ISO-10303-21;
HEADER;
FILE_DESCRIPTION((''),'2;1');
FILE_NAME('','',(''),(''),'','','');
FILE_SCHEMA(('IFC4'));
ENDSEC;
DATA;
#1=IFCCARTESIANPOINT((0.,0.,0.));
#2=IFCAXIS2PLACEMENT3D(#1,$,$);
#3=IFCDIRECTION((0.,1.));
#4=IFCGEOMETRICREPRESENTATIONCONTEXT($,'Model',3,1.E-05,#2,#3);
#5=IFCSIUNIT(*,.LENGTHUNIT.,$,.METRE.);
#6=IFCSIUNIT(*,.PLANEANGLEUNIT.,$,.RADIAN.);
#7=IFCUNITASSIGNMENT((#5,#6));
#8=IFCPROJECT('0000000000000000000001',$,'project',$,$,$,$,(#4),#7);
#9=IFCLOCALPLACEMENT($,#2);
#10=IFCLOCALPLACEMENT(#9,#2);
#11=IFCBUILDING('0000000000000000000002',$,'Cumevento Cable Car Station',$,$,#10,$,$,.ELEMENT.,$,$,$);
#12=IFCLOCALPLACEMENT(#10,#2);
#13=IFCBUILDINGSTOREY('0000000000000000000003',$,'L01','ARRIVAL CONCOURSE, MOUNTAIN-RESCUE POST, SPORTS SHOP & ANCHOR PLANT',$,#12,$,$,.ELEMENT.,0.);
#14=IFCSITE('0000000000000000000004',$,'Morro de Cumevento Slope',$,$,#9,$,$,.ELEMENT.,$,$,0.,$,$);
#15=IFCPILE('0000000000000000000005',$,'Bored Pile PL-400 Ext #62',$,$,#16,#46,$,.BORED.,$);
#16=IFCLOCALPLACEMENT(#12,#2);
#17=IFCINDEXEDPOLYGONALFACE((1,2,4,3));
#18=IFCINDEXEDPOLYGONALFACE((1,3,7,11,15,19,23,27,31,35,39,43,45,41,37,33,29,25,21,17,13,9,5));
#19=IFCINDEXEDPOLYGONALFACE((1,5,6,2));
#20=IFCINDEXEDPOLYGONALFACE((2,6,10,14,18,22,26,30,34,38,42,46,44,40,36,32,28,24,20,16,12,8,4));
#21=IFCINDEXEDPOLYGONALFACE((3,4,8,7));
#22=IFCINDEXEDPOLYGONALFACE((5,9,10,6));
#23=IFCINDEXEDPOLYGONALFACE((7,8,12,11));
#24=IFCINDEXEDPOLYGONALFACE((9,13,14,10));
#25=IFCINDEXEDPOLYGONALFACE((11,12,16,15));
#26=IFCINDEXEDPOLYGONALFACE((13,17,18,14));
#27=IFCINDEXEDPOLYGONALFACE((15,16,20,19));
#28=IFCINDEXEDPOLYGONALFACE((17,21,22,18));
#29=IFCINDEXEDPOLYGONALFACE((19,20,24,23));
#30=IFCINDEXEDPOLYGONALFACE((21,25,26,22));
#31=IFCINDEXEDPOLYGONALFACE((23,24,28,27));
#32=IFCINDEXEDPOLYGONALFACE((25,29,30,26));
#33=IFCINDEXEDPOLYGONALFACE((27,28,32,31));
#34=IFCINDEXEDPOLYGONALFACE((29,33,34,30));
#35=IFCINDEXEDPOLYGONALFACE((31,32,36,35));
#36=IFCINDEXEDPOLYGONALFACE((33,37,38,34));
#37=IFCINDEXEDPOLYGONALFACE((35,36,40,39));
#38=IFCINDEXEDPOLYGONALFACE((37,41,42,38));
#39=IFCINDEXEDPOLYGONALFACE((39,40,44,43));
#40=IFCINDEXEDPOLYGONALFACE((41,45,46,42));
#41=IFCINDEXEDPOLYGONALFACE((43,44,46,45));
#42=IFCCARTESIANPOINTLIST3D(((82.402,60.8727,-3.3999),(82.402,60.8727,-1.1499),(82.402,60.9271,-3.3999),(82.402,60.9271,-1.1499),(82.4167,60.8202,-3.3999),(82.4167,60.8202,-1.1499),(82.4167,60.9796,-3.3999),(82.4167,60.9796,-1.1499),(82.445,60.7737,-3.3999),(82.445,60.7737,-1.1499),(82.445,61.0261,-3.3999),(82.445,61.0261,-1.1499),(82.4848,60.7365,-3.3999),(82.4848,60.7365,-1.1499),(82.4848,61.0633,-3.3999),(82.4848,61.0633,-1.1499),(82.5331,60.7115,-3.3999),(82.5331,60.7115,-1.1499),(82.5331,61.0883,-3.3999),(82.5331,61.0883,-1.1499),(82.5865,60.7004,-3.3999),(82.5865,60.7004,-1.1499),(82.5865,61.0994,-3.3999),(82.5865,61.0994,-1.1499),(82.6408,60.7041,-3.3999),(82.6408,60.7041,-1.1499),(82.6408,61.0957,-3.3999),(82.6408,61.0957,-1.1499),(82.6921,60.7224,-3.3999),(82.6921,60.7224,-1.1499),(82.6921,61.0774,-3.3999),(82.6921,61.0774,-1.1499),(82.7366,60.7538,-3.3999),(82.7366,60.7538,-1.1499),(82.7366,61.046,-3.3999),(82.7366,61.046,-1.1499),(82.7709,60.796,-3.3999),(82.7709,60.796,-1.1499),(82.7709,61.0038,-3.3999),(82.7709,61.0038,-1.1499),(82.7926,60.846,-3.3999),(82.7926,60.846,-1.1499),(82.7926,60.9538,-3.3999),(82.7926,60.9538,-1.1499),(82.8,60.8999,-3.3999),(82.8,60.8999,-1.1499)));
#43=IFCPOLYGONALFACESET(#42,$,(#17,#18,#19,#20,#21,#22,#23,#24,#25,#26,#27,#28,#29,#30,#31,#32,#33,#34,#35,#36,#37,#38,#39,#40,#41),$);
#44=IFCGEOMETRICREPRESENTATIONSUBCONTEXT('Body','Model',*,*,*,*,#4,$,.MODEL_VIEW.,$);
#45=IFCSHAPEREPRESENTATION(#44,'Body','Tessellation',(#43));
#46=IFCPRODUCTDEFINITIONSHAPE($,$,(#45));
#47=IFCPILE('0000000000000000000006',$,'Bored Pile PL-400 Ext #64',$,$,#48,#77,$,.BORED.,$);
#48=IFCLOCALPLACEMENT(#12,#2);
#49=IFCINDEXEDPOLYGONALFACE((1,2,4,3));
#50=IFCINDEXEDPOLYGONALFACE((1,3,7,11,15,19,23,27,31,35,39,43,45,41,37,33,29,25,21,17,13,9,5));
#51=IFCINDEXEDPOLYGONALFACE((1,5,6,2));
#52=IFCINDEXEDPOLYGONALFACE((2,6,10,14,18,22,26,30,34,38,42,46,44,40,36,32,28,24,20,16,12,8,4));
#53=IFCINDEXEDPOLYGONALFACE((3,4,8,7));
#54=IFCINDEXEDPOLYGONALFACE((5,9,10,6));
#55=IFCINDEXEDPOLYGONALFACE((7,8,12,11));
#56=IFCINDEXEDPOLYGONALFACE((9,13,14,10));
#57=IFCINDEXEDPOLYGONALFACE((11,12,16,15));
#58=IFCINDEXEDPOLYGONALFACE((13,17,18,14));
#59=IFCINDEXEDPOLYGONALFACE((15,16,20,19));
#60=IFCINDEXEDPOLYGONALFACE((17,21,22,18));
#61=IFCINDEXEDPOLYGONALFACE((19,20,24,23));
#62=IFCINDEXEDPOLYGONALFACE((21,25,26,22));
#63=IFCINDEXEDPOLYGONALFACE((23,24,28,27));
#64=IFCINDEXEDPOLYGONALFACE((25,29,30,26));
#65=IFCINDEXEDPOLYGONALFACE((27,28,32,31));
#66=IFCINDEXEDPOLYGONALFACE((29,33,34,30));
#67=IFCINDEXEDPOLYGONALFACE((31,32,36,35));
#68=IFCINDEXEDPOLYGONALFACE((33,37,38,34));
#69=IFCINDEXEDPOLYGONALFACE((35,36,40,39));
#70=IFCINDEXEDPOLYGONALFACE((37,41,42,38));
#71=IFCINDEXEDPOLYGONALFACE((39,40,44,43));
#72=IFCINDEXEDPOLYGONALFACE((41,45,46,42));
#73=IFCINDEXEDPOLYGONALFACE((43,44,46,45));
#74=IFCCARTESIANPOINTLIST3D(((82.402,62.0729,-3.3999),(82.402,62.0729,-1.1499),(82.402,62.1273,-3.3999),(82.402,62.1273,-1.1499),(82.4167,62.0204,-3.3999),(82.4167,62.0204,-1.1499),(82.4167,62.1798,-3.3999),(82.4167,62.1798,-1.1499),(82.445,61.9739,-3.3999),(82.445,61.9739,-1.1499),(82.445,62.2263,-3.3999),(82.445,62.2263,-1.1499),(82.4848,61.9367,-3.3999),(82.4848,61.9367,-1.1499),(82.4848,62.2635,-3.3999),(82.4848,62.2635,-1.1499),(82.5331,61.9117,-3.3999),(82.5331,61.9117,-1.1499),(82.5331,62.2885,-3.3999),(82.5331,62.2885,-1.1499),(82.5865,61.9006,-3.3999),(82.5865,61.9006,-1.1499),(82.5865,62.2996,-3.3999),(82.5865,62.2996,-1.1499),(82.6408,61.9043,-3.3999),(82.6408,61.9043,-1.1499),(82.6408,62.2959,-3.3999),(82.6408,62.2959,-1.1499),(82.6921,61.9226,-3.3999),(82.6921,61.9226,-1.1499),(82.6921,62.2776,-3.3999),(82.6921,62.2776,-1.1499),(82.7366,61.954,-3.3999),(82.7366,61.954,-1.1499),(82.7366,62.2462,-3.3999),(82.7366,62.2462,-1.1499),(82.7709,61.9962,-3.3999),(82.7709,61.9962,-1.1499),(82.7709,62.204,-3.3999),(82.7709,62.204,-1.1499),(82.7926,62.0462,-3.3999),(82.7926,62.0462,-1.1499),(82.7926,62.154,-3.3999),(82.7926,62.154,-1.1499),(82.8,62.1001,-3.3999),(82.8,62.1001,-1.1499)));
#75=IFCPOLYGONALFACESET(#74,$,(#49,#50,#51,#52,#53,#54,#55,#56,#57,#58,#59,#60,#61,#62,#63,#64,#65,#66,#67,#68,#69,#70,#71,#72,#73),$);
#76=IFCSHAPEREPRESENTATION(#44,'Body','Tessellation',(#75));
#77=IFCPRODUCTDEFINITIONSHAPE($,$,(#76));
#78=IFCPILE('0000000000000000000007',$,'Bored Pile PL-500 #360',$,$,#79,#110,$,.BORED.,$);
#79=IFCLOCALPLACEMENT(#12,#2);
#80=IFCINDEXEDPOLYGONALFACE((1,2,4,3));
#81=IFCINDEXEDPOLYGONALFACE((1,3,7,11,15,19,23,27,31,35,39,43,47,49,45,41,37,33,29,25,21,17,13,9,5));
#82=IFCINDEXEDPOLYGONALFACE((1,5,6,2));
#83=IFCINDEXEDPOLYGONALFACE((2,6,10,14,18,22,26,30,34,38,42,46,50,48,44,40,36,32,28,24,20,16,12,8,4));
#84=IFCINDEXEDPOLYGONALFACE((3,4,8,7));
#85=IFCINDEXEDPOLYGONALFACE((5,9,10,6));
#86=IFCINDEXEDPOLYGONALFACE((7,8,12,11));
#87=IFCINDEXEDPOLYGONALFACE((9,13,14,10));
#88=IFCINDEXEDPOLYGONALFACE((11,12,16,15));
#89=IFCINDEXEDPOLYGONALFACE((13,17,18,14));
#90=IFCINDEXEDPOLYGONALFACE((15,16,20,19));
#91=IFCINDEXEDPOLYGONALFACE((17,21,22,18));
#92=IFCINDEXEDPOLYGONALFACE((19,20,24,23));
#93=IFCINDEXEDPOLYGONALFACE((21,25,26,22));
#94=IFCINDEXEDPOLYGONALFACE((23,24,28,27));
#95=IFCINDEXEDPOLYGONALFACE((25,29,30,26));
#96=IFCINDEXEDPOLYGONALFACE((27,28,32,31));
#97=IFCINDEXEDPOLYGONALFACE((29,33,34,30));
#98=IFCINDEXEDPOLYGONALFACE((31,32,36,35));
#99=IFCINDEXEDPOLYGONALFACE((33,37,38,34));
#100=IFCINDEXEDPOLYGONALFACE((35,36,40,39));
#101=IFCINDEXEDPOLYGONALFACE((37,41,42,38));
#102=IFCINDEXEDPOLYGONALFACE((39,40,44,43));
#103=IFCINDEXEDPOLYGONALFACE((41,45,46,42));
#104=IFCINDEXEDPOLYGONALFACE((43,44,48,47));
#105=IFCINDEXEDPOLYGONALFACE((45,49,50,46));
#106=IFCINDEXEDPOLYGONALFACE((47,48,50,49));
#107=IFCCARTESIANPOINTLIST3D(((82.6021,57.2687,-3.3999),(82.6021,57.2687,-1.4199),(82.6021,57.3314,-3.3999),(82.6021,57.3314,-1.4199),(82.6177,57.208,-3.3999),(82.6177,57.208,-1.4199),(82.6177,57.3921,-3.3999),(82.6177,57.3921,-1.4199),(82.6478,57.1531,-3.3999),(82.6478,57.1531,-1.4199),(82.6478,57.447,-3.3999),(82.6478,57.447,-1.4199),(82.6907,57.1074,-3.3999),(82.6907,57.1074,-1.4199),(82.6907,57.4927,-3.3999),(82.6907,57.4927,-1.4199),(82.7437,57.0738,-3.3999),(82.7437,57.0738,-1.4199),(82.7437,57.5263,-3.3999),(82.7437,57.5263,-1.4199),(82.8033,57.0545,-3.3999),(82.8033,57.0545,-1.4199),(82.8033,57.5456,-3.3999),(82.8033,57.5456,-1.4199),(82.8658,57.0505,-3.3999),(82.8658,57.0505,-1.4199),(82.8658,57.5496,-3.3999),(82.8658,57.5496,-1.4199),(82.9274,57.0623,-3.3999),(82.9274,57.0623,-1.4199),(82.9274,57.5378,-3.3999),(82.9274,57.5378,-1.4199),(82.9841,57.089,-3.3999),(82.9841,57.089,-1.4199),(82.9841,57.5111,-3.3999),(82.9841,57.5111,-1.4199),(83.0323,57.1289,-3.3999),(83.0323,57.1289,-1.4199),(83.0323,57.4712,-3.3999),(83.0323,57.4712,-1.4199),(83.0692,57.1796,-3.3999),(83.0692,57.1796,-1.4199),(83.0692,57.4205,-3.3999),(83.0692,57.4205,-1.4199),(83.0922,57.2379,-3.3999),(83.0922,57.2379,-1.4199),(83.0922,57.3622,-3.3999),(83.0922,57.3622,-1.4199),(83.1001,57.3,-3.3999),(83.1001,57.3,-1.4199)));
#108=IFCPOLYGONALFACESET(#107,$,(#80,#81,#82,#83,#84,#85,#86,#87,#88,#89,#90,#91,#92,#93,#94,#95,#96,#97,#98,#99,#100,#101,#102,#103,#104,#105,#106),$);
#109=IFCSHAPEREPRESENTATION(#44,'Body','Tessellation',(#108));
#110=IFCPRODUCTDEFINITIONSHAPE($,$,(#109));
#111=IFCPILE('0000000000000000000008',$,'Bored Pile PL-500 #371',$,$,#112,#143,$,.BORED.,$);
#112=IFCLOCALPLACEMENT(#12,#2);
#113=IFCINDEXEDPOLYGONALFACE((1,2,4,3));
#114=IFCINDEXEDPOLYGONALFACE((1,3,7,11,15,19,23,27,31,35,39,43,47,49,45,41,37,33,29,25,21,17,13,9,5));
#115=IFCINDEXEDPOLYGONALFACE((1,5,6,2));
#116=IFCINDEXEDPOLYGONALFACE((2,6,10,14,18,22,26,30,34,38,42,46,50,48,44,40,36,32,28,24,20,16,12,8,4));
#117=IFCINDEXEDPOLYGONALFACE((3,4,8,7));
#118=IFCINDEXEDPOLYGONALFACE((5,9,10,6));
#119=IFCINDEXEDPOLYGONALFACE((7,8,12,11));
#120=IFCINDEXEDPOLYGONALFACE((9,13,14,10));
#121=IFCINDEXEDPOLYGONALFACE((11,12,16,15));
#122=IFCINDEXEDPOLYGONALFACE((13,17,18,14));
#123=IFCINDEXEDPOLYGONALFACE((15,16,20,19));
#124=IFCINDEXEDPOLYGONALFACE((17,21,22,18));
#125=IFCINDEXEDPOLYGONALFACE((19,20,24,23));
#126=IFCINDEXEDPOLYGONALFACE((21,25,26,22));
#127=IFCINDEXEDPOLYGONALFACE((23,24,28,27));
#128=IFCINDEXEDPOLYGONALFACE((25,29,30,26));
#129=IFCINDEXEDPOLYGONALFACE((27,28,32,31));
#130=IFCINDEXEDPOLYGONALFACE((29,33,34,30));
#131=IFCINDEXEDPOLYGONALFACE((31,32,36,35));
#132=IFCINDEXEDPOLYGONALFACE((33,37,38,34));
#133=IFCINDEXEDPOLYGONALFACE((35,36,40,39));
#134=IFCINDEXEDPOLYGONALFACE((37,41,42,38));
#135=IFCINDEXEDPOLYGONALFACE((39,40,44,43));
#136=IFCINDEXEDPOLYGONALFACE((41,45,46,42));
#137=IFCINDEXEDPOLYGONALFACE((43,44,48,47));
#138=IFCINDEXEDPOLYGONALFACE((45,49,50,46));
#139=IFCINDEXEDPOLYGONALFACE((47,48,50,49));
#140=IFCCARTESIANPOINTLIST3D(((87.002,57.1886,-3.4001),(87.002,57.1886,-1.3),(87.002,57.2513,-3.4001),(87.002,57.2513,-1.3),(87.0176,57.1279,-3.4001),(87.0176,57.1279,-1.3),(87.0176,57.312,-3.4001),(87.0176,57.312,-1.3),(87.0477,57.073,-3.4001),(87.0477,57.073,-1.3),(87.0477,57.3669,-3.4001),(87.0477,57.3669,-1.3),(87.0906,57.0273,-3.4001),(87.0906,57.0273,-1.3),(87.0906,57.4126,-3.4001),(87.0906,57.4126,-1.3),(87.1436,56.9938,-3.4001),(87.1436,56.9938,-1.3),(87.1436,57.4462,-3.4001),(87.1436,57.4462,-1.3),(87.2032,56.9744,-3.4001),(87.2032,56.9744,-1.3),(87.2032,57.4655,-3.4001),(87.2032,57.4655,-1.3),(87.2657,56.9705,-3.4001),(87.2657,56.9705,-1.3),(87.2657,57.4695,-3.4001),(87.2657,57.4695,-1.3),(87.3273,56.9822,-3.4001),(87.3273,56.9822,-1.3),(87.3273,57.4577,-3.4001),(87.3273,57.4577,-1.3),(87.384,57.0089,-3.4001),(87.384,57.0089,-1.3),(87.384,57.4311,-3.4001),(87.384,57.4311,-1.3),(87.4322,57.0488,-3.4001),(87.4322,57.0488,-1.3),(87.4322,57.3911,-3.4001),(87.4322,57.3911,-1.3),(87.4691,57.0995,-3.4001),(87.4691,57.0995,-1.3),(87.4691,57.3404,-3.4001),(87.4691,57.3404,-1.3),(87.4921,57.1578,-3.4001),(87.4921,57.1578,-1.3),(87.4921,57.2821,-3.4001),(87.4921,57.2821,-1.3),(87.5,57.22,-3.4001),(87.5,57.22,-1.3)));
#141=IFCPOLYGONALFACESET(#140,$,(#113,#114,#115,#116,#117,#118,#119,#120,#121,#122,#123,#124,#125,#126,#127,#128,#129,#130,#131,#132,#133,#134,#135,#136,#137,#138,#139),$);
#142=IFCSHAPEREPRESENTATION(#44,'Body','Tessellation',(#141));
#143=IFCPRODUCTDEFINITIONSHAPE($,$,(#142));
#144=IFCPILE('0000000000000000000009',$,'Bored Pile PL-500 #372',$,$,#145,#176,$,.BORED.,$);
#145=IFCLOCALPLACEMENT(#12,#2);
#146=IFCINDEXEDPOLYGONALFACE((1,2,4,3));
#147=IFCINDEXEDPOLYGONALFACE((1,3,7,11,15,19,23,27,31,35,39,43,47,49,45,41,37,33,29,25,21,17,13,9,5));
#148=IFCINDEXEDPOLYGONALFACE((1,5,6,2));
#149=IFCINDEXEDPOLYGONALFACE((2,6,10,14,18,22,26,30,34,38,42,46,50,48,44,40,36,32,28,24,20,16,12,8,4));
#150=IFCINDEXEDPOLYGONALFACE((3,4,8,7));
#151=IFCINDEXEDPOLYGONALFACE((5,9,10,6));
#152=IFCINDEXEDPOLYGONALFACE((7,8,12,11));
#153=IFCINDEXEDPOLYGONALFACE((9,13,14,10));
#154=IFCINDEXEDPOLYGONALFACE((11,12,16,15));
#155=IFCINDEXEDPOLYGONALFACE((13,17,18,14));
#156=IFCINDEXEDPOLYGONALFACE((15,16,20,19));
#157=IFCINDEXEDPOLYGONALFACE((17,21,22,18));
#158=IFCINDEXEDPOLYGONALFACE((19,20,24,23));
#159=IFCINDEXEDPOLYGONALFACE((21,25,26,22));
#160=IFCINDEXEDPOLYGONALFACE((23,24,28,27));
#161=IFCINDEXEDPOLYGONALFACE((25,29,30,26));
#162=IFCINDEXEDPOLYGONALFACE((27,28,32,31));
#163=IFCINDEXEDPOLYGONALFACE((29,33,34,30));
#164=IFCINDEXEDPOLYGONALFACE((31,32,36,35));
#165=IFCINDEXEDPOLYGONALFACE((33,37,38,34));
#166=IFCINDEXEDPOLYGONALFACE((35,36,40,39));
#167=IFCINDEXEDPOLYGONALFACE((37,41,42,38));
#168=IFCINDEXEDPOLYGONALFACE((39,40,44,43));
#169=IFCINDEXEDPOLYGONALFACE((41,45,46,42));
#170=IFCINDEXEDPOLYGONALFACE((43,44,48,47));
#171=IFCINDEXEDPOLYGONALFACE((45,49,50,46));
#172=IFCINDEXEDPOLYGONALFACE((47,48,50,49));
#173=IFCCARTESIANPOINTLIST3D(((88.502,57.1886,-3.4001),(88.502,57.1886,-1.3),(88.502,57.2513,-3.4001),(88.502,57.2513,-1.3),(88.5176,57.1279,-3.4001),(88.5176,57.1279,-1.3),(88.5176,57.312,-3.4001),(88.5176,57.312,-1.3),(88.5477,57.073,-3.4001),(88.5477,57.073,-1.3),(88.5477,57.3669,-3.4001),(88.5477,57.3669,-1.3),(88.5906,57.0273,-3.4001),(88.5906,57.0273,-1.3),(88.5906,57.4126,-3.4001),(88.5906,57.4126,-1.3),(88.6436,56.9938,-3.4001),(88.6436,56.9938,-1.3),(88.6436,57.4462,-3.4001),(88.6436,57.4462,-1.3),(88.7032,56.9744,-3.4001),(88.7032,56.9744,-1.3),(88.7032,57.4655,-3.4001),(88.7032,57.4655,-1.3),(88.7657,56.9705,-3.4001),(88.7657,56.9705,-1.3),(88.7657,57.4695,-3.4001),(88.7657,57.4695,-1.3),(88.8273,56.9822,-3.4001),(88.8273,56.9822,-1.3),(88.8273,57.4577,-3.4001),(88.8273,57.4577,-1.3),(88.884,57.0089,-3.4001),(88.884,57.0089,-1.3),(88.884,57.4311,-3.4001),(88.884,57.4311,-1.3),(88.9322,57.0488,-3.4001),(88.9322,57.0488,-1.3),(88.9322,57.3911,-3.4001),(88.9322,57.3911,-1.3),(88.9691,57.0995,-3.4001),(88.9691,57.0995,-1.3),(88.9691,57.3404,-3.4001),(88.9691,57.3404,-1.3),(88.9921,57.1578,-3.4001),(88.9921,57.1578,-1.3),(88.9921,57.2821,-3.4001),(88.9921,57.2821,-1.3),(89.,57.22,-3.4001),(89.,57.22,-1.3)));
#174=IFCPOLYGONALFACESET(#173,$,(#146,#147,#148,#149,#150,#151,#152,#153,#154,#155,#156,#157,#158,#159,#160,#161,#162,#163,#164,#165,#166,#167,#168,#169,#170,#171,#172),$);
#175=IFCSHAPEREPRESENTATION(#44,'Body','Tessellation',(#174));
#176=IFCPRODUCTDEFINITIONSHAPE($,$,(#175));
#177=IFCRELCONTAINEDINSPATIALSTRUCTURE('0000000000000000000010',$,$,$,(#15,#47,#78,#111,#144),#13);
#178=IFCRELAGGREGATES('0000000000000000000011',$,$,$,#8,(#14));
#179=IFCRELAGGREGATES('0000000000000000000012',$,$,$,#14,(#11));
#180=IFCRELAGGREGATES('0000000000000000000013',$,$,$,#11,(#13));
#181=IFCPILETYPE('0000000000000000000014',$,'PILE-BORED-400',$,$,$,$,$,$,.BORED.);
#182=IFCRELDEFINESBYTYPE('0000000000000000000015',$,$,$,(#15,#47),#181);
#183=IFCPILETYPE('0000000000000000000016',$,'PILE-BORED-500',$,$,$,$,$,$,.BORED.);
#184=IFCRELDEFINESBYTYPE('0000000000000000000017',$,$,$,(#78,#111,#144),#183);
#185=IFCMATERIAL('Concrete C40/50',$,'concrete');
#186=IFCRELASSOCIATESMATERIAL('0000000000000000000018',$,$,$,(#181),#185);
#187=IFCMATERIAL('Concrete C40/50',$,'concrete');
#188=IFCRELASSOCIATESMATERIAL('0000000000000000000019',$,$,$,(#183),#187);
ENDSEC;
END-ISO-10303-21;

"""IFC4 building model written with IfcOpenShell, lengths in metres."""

from ifc_helpers import new_model, si_unit, direction, frame, origin, origin_2d, place, context, subcontext, project, spatial, circle, extrude, material, material_profile, profile_set, type_object, element, save


model = new_model("IFC4")

# Units and contexts
model_context = context("Model", 3, precision=1e-05, world=origin(), true_north=direction((0.0, 1.0)))
body_context = subcontext(model_context, "Body", "Model", "MODEL_VIEW")
ifc_project = project(units=[si_unit("LENGTHUNIT", "METRE"), si_unit("PLANEANGLEUNIT", "RADIAN")], contexts=[model_context])

# Site, building, storey
site_placement = place(None, origin())
site = spatial("IfcSite", under=ifc_project, at=site_placement, Name="Morro de Cumevento Slope", CompositionType="ELEMENT", RefElevation=0.0)
building_placement = place(site_placement, origin())
building = spatial("IfcBuilding", under=site, at=building_placement, Name="Cumevento Cable Car Station", CompositionType="ELEMENT")
storey_placement = place(building_placement, origin())
storey = spatial("IfcBuildingStorey", under=building, at=storey_placement, Name="L01", Description="ARRIVAL CONCOURSE, MOUNTAIN-RESCUE POST, SPORTS SHOP & ANCHOR PLANT", CompositionType="ELEMENT", Elevation=0.0)

# Piles
ifc_material_1 = material(Name="Concrete C40/50", Category="concrete")
ifc_material_profile_1 = material_profile(ifc_material_1, circle(Radius=0.2, at=origin_2d()), Name="PILE-D400")
ifc_profile_set_1 = profile_set([ifc_material_profile_1], Name="Concrete C40/50")
pile_type_1 = type_object("IfcPileType", Name="PILE-BORED-400", PredefinedType="BORED", material=ifc_profile_set_1)
for number, where, z_axis, x_axis, name in (
    (1, (82.6001, 60.8999, -1.1499), (0.0, 0.0, -1.0), (1.0, 0.0, 0.0), "Bored Pile PL-400 Ext #62"),
    (2, (82.6001, 62.1001, -1.1499), (0.0, 0.0, -1.0), (1.0, 0.0, 0.0), "Bored Pile PL-400 Ext #64"),
):
    element("IfcPile", number, at=place(storey_placement, frame(where, z_axis=z_axis, x_axis=x_axis)), inside=storey, type_object=pile_type_1, Name=name, PredefinedType="BORED", context=body_context, shape_type="SweptSolid", body=[
        extrude(circle(Radius=0.2, at=origin_2d()), origin(), (0.0, 0.0, 1.0), 2.25),
    ])
ifc_material_2 = material(Name="Concrete C40/50", Category="concrete")
ifc_material_profile_2 = material_profile(ifc_material_2, circle(Radius=0.25, at=origin_2d()), Name="PILE-D500")
ifc_profile_set_2 = profile_set([ifc_material_profile_2], Name="Concrete C40/50")
pile_type_2 = type_object("IfcPileType", Name="PILE-BORED-500", PredefinedType="BORED", material=ifc_profile_set_2)
pile_1_placement = place(storey_placement, frame((82.8501, 57.3, -1.4199), z_axis=(0.0, 0.0, -1.0), x_axis=(1.0, 0.0, 0.0)))
element("IfcPile", 3, at=pile_1_placement, inside=storey, type_object=pile_type_2, Name="Bored Pile PL-500 #360", PredefinedType="BORED", context=body_context, shape_type="SweptSolid", body=[
    extrude(circle(Radius=0.25, at=origin_2d()), origin(), (0.0, 0.0, 1.0), 1.98),
])
for number, where, z_axis, x_axis, name in (
    (4, (87.25, 57.22, -1.3), (0.0, 0.0, -1.0), (1.0, 0.0, 0.0), "Bored Pile PL-500 #371"),
    (5, (88.75, 57.22, -1.3), (0.0, 0.0, -1.0), (1.0, 0.0, 0.0), "Bored Pile PL-500 #372"),
):
    element("IfcPile", number, at=place(storey_placement, frame(where, z_axis=z_axis, x_axis=x_axis)), inside=storey, type_object=pile_type_2, Name=name, PredefinedType="BORED", context=body_context, shape_type="SweptSolid", body=[
        extrude(circle(Radius=0.25, at=origin_2d()), origin(), (0.0, 0.0, 1.0), 2.1001),
    ])

save(model, "model.ifc")
